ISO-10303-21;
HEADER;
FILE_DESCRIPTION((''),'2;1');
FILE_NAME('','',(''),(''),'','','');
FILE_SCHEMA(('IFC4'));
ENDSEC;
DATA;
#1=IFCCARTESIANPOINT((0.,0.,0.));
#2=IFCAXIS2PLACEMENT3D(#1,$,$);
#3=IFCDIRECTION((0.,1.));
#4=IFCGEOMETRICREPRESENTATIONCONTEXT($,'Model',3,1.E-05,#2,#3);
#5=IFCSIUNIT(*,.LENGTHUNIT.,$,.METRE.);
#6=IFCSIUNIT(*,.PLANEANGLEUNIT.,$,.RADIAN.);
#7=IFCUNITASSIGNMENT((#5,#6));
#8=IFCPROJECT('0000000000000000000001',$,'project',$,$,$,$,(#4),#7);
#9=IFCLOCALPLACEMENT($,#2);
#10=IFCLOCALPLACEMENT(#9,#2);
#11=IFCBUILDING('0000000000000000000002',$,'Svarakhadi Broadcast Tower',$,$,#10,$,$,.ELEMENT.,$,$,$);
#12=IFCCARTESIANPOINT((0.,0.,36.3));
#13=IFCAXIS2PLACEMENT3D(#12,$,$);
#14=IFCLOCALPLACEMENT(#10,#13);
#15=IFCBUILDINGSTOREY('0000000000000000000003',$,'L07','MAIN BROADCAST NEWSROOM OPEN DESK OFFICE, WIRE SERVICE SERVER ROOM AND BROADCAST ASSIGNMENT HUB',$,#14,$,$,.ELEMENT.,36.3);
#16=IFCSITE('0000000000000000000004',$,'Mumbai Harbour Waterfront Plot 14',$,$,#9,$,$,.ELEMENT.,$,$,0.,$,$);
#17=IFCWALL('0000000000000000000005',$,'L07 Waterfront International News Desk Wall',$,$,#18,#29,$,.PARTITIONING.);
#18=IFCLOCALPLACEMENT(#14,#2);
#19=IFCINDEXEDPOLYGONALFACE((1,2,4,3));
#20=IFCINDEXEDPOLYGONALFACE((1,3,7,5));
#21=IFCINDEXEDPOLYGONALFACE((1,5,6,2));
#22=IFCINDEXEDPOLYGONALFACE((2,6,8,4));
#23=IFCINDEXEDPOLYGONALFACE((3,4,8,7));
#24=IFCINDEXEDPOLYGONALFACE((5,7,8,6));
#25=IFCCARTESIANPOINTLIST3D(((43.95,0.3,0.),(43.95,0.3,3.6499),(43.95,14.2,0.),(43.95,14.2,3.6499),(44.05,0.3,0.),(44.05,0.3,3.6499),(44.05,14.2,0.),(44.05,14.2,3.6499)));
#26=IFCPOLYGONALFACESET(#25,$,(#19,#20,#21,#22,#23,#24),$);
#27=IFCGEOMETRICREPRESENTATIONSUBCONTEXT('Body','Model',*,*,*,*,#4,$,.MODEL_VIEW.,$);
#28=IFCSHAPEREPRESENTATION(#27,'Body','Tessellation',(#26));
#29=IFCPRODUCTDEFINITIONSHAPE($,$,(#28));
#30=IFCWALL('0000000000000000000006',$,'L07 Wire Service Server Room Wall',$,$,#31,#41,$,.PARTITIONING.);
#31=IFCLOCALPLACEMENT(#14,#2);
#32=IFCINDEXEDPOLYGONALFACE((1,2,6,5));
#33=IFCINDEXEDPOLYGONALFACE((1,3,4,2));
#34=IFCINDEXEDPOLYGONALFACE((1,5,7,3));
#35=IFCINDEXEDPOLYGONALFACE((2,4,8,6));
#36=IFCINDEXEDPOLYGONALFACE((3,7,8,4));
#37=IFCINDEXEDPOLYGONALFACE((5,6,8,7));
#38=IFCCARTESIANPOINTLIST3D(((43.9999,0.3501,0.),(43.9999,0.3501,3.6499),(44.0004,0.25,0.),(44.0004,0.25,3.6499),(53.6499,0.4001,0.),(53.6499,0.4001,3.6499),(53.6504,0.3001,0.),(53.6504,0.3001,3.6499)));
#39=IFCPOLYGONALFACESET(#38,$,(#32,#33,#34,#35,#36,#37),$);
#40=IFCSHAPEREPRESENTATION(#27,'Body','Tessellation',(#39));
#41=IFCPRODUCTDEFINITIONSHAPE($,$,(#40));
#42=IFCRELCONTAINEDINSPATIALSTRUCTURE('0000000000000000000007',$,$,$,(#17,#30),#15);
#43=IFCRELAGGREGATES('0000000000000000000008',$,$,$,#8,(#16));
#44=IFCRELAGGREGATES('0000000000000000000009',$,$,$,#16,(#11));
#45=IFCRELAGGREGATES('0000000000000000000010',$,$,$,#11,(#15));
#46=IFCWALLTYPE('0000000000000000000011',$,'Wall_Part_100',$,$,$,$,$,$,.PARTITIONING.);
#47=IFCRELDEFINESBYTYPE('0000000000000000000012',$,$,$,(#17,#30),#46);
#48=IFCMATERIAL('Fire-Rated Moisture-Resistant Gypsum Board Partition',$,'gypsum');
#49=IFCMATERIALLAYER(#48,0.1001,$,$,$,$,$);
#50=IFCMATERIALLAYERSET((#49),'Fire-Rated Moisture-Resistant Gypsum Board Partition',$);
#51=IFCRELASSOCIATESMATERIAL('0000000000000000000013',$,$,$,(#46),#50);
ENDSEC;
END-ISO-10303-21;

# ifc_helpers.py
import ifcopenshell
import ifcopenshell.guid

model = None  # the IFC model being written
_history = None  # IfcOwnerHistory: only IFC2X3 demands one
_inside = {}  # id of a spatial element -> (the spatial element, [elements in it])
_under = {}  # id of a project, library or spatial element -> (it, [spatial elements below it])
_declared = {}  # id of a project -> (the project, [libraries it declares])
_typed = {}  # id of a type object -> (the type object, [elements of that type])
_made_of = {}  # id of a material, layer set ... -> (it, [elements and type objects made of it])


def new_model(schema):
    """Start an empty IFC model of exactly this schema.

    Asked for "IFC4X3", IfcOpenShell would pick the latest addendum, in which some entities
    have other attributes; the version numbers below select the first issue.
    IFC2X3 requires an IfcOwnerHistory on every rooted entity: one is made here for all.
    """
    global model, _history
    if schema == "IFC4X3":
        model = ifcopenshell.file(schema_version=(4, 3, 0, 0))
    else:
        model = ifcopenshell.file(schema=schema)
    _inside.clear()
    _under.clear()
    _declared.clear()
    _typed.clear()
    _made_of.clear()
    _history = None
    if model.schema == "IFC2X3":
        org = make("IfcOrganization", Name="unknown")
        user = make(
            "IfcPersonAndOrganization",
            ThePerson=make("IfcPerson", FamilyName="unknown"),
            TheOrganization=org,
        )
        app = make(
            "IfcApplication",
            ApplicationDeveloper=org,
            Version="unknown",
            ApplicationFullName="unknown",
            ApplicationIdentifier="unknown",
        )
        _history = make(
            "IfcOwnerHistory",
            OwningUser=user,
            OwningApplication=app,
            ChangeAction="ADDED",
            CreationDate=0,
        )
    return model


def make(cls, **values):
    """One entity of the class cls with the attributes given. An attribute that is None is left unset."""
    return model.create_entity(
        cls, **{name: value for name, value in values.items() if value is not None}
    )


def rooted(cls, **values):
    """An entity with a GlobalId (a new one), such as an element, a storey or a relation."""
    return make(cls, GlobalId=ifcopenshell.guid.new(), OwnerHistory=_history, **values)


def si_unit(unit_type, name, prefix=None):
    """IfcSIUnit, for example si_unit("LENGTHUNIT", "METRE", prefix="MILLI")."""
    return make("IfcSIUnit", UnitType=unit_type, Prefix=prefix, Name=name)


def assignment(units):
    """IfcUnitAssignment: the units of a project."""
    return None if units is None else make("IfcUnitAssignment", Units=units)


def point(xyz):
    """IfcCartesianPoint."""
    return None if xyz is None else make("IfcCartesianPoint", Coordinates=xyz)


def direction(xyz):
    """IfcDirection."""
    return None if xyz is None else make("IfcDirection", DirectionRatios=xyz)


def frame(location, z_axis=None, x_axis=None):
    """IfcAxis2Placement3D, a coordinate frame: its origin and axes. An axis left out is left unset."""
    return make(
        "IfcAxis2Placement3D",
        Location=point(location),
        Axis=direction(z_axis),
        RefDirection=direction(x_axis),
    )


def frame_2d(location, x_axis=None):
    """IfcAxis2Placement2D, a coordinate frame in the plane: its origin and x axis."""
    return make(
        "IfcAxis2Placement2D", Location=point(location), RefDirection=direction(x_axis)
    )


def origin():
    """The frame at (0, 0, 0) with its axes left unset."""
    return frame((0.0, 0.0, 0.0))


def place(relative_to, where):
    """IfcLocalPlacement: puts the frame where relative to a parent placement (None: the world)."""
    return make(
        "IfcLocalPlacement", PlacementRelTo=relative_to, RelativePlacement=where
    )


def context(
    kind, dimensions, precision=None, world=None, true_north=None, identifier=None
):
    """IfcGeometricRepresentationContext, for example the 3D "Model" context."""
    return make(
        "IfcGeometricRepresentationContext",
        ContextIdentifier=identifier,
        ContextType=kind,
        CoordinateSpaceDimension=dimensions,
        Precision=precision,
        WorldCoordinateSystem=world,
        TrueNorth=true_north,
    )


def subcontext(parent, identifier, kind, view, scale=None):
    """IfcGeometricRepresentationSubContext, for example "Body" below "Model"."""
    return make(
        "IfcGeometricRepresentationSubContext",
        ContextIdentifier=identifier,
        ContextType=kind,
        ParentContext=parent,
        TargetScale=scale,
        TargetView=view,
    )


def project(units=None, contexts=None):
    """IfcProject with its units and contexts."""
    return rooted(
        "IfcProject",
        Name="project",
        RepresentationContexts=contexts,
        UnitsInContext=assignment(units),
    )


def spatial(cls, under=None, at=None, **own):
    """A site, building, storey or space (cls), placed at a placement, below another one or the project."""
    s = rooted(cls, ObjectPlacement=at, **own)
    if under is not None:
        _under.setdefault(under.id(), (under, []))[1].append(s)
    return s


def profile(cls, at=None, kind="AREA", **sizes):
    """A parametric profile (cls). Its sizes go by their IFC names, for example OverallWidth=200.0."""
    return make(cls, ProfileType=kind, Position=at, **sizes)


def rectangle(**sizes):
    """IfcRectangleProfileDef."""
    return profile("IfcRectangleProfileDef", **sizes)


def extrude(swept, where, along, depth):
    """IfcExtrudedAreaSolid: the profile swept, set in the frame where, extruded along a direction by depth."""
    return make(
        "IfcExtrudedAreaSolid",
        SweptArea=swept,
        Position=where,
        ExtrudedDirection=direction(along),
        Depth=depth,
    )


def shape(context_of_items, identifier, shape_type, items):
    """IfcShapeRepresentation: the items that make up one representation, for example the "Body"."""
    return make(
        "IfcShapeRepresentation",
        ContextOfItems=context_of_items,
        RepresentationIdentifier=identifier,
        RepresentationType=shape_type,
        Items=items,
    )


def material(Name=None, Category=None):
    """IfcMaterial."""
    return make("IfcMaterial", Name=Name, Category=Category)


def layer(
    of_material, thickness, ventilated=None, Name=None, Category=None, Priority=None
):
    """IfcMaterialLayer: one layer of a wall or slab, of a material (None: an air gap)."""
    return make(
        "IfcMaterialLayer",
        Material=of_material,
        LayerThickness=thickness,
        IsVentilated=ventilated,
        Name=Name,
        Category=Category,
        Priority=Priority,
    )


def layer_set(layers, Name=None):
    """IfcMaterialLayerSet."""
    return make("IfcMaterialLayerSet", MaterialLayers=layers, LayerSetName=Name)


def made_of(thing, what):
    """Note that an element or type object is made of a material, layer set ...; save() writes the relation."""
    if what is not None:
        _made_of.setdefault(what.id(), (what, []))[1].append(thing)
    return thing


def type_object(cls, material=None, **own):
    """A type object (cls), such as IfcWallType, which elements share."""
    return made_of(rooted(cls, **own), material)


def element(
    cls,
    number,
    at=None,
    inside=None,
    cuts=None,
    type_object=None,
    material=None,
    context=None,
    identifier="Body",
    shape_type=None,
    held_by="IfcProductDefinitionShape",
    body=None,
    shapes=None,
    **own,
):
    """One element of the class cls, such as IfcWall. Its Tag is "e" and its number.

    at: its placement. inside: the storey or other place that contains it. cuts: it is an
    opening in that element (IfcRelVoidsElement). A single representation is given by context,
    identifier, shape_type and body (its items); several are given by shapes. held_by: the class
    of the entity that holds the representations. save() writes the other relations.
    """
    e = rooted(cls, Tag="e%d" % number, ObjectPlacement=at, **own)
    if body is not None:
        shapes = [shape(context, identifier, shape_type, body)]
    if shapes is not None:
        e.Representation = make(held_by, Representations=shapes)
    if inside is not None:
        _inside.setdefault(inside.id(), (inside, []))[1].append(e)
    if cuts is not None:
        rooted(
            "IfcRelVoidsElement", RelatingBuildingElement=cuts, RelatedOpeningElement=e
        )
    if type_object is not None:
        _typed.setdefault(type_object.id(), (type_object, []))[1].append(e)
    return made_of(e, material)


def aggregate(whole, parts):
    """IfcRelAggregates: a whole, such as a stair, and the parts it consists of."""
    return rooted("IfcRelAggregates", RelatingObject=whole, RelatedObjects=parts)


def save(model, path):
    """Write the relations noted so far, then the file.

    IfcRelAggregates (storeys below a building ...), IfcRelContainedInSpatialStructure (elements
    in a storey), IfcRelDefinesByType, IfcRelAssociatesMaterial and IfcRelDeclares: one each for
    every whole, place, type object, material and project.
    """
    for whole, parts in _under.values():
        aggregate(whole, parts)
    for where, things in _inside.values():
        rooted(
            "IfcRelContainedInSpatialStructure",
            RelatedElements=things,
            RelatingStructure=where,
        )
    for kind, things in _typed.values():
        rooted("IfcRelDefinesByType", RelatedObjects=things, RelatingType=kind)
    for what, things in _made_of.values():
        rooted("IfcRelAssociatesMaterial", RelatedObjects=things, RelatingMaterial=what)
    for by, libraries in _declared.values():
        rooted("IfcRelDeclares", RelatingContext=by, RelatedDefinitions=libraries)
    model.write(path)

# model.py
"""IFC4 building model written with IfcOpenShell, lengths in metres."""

from ifc_helpers import new_model, si_unit, direction, frame, frame_2d, origin, place, context, subcontext, project, spatial, rectangle, extrude, material, layer, layer_set, type_object, element, save


model = new_model("IFC4")

# Units and contexts
model_context = context("Model", 3, precision=1e-05, world=origin(), true_north=direction((0.0, 1.0)))
body_context = subcontext(model_context, "Body", "Model", "MODEL_VIEW")
ifc_project = project(units=[si_unit("LENGTHUNIT", "METRE"), si_unit("PLANEANGLEUNIT", "RADIAN")], contexts=[model_context])

# Site, building, storey
site_placement = place(None, origin())
site = spatial("IfcSite", under=ifc_project, at=site_placement, Name="Mumbai Harbour Waterfront Plot 14", CompositionType="ELEMENT", RefElevation=0.0)
building_placement = place(site_placement, origin())
building = spatial("IfcBuilding", under=site, at=building_placement, Name="Svarakhadi Broadcast Tower", CompositionType="ELEMENT")
storey_placement = place(building_placement, frame((0.0, 0.0, 36.3)))
storey = spatial("IfcBuildingStorey", under=building, at=storey_placement, Name="L07", Description="MAIN BROADCAST NEWSROOM OPEN DESK OFFICE, WIRE SERVICE SERVER ROOM AND BROADCAST ASSIGNMENT HUB", CompositionType="ELEMENT", Elevation=36.3)

# Walls
ifc_material_1 = material(Name="Fire-Rated Moisture-Resistant Gypsum Board Partition", Category="gypsum")
ifc_layer_1 = layer(ifc_material_1, 0.1001)
ifc_layer_set_1 = layer_set([ifc_layer_1], Name="Fire-Rated Moisture-Resistant Gypsum Board Partition")
wall_type_1 = type_object("IfcWallType", Name="Wall_Part_100", PredefinedType="PARTITIONING", material=ifc_layer_set_1)
wall_1_placement = place(storey_placement, frame((44.0, 0.3, 0.0), z_axis=(0.0, 0.0, 1.0), x_axis=(0.0, 1.0, 0.0)))
element("IfcWall", 1, at=wall_1_placement, inside=storey, type_object=wall_type_1, Name="L07 Waterfront International News Desk Wall", PredefinedType="PARTITIONING", context=body_context, shape_type="SweptSolid", body=[
    extrude(rectangle(XDim=13.8999, YDim=0.1001, at=frame_2d((6.95, 0.0))), origin(), (0.0, 0.0, 1.0), 3.6499),
])
wall_2_placement = place(storey_placement, frame((44.0, 0.3, 0.0), z_axis=(0.0, 0.0, 1.0), x_axis=(0.999987, 0.005186, 0.0)))
element("IfcWall", 2, at=wall_2_placement, inside=storey, type_object=wall_type_1, Name="L07 Wire Service Server Room Wall", PredefinedType="PARTITIONING", context=body_context, shape_type="SweptSolid", body=[
    extrude(rectangle(XDim=9.6501, YDim=0.1001, at=frame_2d((4.8252, 0.0))), origin(), (0.0, 0.0, 1.0), 3.6499),
])

save(model, "model.ifc")
